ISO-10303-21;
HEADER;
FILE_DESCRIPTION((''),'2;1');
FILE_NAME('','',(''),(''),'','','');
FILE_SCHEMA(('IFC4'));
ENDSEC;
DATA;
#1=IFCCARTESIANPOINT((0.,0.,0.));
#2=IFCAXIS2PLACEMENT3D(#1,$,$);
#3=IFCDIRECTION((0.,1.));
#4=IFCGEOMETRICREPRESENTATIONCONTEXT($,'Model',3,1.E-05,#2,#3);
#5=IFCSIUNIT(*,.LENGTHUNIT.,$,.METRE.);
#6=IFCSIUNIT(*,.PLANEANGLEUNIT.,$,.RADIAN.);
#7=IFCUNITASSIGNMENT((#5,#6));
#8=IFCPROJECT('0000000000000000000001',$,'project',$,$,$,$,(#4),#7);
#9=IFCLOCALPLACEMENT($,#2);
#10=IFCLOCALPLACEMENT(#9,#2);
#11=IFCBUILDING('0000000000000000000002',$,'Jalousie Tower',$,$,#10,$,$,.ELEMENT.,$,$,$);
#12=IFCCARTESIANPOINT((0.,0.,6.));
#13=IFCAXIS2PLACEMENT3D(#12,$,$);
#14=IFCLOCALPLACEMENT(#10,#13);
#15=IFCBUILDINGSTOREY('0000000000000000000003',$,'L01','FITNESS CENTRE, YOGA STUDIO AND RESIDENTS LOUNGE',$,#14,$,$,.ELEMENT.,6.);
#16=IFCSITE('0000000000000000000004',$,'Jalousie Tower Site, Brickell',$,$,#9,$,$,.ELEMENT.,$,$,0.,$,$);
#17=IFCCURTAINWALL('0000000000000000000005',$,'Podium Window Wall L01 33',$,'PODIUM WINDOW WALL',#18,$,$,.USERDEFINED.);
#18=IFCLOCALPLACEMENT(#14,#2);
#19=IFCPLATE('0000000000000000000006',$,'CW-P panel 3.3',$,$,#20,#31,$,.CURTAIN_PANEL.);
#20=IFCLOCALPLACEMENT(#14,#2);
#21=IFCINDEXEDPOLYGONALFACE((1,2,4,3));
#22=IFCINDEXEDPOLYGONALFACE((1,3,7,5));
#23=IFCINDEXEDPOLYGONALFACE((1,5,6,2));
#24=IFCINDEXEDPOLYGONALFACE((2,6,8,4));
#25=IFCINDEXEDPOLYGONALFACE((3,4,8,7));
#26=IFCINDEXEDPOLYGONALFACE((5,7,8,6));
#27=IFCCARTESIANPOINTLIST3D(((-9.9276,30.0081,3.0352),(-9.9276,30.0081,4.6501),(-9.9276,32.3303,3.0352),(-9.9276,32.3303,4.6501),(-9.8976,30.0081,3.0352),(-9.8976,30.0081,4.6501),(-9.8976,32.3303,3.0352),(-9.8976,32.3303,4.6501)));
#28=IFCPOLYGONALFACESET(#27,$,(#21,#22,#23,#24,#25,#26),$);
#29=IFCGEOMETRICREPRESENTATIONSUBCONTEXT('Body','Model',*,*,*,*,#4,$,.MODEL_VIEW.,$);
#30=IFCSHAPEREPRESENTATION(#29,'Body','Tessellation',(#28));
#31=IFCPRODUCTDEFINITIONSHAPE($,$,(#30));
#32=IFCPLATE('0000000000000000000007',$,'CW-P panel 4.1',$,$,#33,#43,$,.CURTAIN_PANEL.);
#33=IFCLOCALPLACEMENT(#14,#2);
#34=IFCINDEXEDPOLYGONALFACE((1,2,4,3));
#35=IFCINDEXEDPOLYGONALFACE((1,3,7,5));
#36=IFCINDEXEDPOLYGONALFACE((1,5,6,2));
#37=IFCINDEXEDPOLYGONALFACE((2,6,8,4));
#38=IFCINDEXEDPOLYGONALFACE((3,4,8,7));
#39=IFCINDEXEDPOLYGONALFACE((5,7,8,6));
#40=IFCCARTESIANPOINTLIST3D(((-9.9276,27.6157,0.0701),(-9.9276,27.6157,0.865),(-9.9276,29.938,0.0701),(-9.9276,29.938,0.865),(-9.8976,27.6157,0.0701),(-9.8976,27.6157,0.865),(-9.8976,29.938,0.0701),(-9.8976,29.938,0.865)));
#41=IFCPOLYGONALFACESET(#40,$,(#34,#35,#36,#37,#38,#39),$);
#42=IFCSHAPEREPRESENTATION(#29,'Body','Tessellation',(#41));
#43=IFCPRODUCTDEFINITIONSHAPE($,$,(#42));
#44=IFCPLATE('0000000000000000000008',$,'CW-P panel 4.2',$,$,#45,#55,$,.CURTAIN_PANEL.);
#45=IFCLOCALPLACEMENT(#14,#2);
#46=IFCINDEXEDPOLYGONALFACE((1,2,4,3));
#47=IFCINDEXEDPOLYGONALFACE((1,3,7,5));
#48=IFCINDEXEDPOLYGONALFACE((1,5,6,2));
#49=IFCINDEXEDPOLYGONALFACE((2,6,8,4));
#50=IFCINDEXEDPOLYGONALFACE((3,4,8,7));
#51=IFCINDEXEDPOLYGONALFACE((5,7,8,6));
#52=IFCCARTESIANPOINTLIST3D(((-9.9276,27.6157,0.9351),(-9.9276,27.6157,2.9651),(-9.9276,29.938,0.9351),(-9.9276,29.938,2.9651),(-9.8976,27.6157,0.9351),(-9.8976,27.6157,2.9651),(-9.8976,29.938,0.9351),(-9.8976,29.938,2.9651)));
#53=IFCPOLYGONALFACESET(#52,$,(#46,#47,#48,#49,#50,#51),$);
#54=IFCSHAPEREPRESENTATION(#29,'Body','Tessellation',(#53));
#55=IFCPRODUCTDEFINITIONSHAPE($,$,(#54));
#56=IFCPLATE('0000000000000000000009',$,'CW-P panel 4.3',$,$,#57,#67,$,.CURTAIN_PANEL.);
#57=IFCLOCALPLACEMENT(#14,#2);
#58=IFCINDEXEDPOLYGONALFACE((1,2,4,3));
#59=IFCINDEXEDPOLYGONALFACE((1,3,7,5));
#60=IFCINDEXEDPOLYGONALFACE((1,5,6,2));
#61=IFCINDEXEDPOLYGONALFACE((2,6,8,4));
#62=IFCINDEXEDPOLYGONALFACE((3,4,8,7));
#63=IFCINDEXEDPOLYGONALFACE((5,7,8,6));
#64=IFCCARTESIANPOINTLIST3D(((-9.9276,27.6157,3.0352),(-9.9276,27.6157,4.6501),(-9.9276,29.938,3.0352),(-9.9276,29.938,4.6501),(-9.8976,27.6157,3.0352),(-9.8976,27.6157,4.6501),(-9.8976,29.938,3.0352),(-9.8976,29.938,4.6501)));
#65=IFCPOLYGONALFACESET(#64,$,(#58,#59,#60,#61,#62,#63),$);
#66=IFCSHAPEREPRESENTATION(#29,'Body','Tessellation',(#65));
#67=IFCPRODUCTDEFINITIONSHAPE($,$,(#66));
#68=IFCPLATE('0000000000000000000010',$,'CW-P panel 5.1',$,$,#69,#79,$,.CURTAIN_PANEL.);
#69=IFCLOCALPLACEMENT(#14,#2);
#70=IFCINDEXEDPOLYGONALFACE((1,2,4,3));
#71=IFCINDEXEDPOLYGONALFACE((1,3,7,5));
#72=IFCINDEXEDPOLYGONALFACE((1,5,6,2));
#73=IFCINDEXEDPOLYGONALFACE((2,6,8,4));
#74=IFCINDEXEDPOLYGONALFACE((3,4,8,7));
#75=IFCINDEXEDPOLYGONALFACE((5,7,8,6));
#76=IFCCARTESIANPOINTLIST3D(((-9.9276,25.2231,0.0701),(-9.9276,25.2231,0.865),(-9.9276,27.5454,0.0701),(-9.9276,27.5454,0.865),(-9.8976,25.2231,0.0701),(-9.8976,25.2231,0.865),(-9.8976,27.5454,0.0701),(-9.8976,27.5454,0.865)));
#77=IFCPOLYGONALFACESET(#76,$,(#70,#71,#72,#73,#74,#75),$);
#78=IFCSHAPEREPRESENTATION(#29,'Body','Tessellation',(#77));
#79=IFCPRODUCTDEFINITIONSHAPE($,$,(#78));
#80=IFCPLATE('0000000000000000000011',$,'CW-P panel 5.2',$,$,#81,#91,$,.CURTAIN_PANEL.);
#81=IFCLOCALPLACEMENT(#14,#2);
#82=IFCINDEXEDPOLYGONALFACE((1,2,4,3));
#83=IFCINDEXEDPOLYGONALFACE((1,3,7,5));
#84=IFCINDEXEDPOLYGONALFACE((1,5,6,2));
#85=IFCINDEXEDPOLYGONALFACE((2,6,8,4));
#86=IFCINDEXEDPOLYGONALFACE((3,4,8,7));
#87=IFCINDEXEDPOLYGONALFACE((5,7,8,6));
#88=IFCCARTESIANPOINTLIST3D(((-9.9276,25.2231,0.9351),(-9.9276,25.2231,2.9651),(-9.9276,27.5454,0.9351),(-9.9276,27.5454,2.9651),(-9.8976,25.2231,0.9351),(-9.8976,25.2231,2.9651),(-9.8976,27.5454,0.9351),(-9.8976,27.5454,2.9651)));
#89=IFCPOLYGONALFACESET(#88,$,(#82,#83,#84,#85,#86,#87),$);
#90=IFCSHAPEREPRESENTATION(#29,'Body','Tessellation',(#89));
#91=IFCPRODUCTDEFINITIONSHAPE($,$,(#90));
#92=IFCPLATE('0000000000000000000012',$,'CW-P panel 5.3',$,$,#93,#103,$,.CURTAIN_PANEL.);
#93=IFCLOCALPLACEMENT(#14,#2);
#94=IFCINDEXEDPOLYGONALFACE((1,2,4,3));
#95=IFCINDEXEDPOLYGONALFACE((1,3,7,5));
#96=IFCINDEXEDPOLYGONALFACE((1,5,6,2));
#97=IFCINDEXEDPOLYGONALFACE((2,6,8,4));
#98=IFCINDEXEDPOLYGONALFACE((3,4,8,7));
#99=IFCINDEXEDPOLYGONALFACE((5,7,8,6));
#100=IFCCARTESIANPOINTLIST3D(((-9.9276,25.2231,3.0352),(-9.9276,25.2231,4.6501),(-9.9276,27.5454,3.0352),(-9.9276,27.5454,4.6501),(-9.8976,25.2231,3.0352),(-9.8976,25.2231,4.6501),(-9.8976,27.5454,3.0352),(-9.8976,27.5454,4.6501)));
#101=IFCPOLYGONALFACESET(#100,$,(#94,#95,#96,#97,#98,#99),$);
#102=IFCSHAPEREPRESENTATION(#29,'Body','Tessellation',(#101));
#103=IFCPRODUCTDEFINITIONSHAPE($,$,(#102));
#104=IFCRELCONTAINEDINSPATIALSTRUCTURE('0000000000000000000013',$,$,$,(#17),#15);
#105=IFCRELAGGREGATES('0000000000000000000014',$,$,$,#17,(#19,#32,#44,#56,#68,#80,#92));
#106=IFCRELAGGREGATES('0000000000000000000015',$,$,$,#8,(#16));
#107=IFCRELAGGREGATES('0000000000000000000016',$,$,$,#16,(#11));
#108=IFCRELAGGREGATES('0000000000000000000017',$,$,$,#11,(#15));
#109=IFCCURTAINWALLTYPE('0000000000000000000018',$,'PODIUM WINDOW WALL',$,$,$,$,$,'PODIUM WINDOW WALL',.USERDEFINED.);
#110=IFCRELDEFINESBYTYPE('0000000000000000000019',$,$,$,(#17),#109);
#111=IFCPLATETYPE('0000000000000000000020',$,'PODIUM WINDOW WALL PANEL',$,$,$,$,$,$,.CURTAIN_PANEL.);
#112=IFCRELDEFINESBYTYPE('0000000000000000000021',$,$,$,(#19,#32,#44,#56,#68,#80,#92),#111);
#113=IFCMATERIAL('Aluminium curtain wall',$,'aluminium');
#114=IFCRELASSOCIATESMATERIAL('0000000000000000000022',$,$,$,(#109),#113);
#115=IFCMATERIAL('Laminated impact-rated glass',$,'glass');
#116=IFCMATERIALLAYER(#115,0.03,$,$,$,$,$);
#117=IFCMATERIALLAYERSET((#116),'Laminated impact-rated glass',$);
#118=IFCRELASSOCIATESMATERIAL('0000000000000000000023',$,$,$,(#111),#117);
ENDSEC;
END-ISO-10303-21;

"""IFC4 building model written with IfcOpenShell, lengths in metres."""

from ifc_helpers import new_model, si_unit, direction, frame, origin, origin_2d, place, context, subcontext, project, spatial, rectangle, extrude, material, layer, layer_set, type_object, element, aggregate, save


model = new_model("IFC4")

# Units and contexts
model_context = context("Model", 3, precision=1e-05, world=origin(), true_north=direction((0.0, 1.0)))
body_context = subcontext(model_context, "Body", "Model", "MODEL_VIEW")
ifc_project = project(units=[si_unit("LENGTHUNIT", "METRE"), si_unit("PLANEANGLEUNIT", "RADIAN")], contexts=[model_context])

# Site, building, storey
site_placement = place(None, origin())
site = spatial("IfcSite", under=ifc_project, at=site_placement, Name="Jalousie Tower Site, Brickell", CompositionType="ELEMENT", RefElevation=0.0)
building_placement = place(site_placement, origin())
building = spatial("IfcBuilding", under=site, at=building_placement, Name="Jalousie Tower", CompositionType="ELEMENT")
storey_placement = place(building_placement, frame((0.0, 0.0, 6.0)))
storey = spatial("IfcBuildingStorey", under=building, at=storey_placement, Name="L01", Description="FITNESS CENTRE, YOGA STUDIO AND RESIDENTS LOUNGE", CompositionType="ELEMENT", Elevation=6.0)

# Curtain wall
ifc_material_1 = material(Name="Aluminium curtain wall", Category="aluminium")
curtain_wall_type = type_object("IfcCurtainWallType", Name="PODIUM WINDOW WALL", ElementType="PODIUM WINDOW WALL", PredefinedType="USERDEFINED", material=ifc_material_1)
curtain_wall_placement = place(storey_placement, origin())
curtain_wall = element("IfcCurtainWall", 1, at=curtain_wall_placement, inside=storey, type_object=curtain_wall_type, Name="Podium Window Wall L01 33", ObjectType="PODIUM WINDOW WALL", PredefinedType="USERDEFINED")

# Plates
ifc_material_2 = material(Name="Laminated impact-rated glass", Category="glass")
ifc_layer = layer(ifc_material_2, 0.03)
ifc_layer_set = layer_set([ifc_layer], Name="Laminated impact-rated glass")
plate_type = type_object("IfcPlateType", Name="PODIUM WINDOW WALL PANEL", PredefinedType="CURTAIN_PANEL", material=ifc_layer_set)
plate_1_placement = place(storey_placement, frame((-9.9126, 31.1692, 3.0352), z_axis=(0.0, 0.0, 1.0), x_axis=(0.0, -1.0, 0.0)))
plate_1 = element("IfcPlate", 2, at=plate_1_placement, type_object=plate_type, Name="CW-P panel 3.3", PredefinedType="CURTAIN_PANEL", context=body_context, shape_type="SweptSolid", body=[
    extrude(rectangle(XDim=2.3223, YDim=0.03, at=origin_2d()), origin(), (0.0, 0.0, 1.0), 1.615),
])
plate_2_placement = place(storey_placement, frame((-9.9126, 28.7769, 0.0701), z_axis=(0.0, 0.0, 1.0), x_axis=(0.0, -1.0, 0.0)))
plate_2 = element("IfcPlate", 3, at=plate_2_placement, type_object=plate_type, Name="CW-P panel 4.1", PredefinedType="CURTAIN_PANEL", context=body_context, shape_type="SweptSolid", body=[
    extrude(rectangle(XDim=2.3223, YDim=0.03, at=origin_2d()), origin(), (0.0, 0.0, 1.0), 0.7949),
])
plate_3_placement = place(storey_placement, frame((-9.9126, 28.7769, 0.9351), z_axis=(0.0, 0.0, 1.0), x_axis=(0.0, -1.0, 0.0)))
plate_3 = element("IfcPlate", 4, at=plate_3_placement, type_object=plate_type, Name="CW-P panel 4.2", PredefinedType="CURTAIN_PANEL", context=body_context, shape_type="SweptSolid", body=[
    extrude(rectangle(XDim=2.3223, YDim=0.03, at=origin_2d()), origin(), (0.0, 0.0, 1.0), 2.03),
])
plate_4_placement = place(storey_placement, frame((-9.9126, 28.7769, 3.0352), z_axis=(0.0, 0.0, 1.0), x_axis=(0.0, -1.0, 0.0)))
plate_4 = element("IfcPlate", 5, at=plate_4_placement, type_object=plate_type, Name="CW-P panel 4.3", PredefinedType="CURTAIN_PANEL", context=body_context, shape_type="SweptSolid", body=[
    extrude(rectangle(XDim=2.3223, YDim=0.03, at=origin_2d()), origin(), (0.0, 0.0, 1.0), 1.615),
])
plate_5_placement = place(storey_placement, frame((-9.9126, 26.3843, 0.0701), z_axis=(0.0, 0.0, 1.0), x_axis=(0.0, -1.0, 0.0)))
plate_5 = element("IfcPlate", 6, at=plate_5_placement, type_object=plate_type, Name="CW-P panel 5.1", PredefinedType="CURTAIN_PANEL", context=body_context, shape_type="SweptSolid", body=[
    extrude(rectangle(XDim=2.3223, YDim=0.03, at=origin_2d()), origin(), (0.0, 0.0, 1.0), 0.7949),
])
plate_6_placement = place(storey_placement, frame((-9.9126, 26.3843, 0.9351), z_axis=(0.0, 0.0, 1.0), x_axis=(0.0, -1.0, 0.0)))
plate_6 = element("IfcPlate", 7, at=plate_6_placement, type_object=plate_type, Name="CW-P panel 5.2", PredefinedType="CURTAIN_PANEL", context=body_context, shape_type="SweptSolid", body=[
    extrude(rectangle(XDim=2.3223, YDim=0.03, at=origin_2d()), origin(), (0.0, 0.0, 1.0), 2.03),
])
plate_7_placement = place(storey_placement, frame((-9.9126, 26.3843, 3.0352), z_axis=(0.0, 0.0, 1.0), x_axis=(0.0, -1.0, 0.0)))
plate_7 = element("IfcPlate", 8, at=plate_7_placement, type_object=plate_type, Name="CW-P panel 5.3", PredefinedType="CURTAIN_PANEL", context=body_context, shape_type="SweptSolid", body=[
    extrude(rectangle(XDim=2.3223, YDim=0.03, at=origin_2d()), origin(), (0.0, 0.0, 1.0), 1.615),
])
aggregate(curtain_wall, [plate_1, plate_2, plate_3, plate_4, plate_5, plate_6, plate_7])

save(model, "model.ifc")
